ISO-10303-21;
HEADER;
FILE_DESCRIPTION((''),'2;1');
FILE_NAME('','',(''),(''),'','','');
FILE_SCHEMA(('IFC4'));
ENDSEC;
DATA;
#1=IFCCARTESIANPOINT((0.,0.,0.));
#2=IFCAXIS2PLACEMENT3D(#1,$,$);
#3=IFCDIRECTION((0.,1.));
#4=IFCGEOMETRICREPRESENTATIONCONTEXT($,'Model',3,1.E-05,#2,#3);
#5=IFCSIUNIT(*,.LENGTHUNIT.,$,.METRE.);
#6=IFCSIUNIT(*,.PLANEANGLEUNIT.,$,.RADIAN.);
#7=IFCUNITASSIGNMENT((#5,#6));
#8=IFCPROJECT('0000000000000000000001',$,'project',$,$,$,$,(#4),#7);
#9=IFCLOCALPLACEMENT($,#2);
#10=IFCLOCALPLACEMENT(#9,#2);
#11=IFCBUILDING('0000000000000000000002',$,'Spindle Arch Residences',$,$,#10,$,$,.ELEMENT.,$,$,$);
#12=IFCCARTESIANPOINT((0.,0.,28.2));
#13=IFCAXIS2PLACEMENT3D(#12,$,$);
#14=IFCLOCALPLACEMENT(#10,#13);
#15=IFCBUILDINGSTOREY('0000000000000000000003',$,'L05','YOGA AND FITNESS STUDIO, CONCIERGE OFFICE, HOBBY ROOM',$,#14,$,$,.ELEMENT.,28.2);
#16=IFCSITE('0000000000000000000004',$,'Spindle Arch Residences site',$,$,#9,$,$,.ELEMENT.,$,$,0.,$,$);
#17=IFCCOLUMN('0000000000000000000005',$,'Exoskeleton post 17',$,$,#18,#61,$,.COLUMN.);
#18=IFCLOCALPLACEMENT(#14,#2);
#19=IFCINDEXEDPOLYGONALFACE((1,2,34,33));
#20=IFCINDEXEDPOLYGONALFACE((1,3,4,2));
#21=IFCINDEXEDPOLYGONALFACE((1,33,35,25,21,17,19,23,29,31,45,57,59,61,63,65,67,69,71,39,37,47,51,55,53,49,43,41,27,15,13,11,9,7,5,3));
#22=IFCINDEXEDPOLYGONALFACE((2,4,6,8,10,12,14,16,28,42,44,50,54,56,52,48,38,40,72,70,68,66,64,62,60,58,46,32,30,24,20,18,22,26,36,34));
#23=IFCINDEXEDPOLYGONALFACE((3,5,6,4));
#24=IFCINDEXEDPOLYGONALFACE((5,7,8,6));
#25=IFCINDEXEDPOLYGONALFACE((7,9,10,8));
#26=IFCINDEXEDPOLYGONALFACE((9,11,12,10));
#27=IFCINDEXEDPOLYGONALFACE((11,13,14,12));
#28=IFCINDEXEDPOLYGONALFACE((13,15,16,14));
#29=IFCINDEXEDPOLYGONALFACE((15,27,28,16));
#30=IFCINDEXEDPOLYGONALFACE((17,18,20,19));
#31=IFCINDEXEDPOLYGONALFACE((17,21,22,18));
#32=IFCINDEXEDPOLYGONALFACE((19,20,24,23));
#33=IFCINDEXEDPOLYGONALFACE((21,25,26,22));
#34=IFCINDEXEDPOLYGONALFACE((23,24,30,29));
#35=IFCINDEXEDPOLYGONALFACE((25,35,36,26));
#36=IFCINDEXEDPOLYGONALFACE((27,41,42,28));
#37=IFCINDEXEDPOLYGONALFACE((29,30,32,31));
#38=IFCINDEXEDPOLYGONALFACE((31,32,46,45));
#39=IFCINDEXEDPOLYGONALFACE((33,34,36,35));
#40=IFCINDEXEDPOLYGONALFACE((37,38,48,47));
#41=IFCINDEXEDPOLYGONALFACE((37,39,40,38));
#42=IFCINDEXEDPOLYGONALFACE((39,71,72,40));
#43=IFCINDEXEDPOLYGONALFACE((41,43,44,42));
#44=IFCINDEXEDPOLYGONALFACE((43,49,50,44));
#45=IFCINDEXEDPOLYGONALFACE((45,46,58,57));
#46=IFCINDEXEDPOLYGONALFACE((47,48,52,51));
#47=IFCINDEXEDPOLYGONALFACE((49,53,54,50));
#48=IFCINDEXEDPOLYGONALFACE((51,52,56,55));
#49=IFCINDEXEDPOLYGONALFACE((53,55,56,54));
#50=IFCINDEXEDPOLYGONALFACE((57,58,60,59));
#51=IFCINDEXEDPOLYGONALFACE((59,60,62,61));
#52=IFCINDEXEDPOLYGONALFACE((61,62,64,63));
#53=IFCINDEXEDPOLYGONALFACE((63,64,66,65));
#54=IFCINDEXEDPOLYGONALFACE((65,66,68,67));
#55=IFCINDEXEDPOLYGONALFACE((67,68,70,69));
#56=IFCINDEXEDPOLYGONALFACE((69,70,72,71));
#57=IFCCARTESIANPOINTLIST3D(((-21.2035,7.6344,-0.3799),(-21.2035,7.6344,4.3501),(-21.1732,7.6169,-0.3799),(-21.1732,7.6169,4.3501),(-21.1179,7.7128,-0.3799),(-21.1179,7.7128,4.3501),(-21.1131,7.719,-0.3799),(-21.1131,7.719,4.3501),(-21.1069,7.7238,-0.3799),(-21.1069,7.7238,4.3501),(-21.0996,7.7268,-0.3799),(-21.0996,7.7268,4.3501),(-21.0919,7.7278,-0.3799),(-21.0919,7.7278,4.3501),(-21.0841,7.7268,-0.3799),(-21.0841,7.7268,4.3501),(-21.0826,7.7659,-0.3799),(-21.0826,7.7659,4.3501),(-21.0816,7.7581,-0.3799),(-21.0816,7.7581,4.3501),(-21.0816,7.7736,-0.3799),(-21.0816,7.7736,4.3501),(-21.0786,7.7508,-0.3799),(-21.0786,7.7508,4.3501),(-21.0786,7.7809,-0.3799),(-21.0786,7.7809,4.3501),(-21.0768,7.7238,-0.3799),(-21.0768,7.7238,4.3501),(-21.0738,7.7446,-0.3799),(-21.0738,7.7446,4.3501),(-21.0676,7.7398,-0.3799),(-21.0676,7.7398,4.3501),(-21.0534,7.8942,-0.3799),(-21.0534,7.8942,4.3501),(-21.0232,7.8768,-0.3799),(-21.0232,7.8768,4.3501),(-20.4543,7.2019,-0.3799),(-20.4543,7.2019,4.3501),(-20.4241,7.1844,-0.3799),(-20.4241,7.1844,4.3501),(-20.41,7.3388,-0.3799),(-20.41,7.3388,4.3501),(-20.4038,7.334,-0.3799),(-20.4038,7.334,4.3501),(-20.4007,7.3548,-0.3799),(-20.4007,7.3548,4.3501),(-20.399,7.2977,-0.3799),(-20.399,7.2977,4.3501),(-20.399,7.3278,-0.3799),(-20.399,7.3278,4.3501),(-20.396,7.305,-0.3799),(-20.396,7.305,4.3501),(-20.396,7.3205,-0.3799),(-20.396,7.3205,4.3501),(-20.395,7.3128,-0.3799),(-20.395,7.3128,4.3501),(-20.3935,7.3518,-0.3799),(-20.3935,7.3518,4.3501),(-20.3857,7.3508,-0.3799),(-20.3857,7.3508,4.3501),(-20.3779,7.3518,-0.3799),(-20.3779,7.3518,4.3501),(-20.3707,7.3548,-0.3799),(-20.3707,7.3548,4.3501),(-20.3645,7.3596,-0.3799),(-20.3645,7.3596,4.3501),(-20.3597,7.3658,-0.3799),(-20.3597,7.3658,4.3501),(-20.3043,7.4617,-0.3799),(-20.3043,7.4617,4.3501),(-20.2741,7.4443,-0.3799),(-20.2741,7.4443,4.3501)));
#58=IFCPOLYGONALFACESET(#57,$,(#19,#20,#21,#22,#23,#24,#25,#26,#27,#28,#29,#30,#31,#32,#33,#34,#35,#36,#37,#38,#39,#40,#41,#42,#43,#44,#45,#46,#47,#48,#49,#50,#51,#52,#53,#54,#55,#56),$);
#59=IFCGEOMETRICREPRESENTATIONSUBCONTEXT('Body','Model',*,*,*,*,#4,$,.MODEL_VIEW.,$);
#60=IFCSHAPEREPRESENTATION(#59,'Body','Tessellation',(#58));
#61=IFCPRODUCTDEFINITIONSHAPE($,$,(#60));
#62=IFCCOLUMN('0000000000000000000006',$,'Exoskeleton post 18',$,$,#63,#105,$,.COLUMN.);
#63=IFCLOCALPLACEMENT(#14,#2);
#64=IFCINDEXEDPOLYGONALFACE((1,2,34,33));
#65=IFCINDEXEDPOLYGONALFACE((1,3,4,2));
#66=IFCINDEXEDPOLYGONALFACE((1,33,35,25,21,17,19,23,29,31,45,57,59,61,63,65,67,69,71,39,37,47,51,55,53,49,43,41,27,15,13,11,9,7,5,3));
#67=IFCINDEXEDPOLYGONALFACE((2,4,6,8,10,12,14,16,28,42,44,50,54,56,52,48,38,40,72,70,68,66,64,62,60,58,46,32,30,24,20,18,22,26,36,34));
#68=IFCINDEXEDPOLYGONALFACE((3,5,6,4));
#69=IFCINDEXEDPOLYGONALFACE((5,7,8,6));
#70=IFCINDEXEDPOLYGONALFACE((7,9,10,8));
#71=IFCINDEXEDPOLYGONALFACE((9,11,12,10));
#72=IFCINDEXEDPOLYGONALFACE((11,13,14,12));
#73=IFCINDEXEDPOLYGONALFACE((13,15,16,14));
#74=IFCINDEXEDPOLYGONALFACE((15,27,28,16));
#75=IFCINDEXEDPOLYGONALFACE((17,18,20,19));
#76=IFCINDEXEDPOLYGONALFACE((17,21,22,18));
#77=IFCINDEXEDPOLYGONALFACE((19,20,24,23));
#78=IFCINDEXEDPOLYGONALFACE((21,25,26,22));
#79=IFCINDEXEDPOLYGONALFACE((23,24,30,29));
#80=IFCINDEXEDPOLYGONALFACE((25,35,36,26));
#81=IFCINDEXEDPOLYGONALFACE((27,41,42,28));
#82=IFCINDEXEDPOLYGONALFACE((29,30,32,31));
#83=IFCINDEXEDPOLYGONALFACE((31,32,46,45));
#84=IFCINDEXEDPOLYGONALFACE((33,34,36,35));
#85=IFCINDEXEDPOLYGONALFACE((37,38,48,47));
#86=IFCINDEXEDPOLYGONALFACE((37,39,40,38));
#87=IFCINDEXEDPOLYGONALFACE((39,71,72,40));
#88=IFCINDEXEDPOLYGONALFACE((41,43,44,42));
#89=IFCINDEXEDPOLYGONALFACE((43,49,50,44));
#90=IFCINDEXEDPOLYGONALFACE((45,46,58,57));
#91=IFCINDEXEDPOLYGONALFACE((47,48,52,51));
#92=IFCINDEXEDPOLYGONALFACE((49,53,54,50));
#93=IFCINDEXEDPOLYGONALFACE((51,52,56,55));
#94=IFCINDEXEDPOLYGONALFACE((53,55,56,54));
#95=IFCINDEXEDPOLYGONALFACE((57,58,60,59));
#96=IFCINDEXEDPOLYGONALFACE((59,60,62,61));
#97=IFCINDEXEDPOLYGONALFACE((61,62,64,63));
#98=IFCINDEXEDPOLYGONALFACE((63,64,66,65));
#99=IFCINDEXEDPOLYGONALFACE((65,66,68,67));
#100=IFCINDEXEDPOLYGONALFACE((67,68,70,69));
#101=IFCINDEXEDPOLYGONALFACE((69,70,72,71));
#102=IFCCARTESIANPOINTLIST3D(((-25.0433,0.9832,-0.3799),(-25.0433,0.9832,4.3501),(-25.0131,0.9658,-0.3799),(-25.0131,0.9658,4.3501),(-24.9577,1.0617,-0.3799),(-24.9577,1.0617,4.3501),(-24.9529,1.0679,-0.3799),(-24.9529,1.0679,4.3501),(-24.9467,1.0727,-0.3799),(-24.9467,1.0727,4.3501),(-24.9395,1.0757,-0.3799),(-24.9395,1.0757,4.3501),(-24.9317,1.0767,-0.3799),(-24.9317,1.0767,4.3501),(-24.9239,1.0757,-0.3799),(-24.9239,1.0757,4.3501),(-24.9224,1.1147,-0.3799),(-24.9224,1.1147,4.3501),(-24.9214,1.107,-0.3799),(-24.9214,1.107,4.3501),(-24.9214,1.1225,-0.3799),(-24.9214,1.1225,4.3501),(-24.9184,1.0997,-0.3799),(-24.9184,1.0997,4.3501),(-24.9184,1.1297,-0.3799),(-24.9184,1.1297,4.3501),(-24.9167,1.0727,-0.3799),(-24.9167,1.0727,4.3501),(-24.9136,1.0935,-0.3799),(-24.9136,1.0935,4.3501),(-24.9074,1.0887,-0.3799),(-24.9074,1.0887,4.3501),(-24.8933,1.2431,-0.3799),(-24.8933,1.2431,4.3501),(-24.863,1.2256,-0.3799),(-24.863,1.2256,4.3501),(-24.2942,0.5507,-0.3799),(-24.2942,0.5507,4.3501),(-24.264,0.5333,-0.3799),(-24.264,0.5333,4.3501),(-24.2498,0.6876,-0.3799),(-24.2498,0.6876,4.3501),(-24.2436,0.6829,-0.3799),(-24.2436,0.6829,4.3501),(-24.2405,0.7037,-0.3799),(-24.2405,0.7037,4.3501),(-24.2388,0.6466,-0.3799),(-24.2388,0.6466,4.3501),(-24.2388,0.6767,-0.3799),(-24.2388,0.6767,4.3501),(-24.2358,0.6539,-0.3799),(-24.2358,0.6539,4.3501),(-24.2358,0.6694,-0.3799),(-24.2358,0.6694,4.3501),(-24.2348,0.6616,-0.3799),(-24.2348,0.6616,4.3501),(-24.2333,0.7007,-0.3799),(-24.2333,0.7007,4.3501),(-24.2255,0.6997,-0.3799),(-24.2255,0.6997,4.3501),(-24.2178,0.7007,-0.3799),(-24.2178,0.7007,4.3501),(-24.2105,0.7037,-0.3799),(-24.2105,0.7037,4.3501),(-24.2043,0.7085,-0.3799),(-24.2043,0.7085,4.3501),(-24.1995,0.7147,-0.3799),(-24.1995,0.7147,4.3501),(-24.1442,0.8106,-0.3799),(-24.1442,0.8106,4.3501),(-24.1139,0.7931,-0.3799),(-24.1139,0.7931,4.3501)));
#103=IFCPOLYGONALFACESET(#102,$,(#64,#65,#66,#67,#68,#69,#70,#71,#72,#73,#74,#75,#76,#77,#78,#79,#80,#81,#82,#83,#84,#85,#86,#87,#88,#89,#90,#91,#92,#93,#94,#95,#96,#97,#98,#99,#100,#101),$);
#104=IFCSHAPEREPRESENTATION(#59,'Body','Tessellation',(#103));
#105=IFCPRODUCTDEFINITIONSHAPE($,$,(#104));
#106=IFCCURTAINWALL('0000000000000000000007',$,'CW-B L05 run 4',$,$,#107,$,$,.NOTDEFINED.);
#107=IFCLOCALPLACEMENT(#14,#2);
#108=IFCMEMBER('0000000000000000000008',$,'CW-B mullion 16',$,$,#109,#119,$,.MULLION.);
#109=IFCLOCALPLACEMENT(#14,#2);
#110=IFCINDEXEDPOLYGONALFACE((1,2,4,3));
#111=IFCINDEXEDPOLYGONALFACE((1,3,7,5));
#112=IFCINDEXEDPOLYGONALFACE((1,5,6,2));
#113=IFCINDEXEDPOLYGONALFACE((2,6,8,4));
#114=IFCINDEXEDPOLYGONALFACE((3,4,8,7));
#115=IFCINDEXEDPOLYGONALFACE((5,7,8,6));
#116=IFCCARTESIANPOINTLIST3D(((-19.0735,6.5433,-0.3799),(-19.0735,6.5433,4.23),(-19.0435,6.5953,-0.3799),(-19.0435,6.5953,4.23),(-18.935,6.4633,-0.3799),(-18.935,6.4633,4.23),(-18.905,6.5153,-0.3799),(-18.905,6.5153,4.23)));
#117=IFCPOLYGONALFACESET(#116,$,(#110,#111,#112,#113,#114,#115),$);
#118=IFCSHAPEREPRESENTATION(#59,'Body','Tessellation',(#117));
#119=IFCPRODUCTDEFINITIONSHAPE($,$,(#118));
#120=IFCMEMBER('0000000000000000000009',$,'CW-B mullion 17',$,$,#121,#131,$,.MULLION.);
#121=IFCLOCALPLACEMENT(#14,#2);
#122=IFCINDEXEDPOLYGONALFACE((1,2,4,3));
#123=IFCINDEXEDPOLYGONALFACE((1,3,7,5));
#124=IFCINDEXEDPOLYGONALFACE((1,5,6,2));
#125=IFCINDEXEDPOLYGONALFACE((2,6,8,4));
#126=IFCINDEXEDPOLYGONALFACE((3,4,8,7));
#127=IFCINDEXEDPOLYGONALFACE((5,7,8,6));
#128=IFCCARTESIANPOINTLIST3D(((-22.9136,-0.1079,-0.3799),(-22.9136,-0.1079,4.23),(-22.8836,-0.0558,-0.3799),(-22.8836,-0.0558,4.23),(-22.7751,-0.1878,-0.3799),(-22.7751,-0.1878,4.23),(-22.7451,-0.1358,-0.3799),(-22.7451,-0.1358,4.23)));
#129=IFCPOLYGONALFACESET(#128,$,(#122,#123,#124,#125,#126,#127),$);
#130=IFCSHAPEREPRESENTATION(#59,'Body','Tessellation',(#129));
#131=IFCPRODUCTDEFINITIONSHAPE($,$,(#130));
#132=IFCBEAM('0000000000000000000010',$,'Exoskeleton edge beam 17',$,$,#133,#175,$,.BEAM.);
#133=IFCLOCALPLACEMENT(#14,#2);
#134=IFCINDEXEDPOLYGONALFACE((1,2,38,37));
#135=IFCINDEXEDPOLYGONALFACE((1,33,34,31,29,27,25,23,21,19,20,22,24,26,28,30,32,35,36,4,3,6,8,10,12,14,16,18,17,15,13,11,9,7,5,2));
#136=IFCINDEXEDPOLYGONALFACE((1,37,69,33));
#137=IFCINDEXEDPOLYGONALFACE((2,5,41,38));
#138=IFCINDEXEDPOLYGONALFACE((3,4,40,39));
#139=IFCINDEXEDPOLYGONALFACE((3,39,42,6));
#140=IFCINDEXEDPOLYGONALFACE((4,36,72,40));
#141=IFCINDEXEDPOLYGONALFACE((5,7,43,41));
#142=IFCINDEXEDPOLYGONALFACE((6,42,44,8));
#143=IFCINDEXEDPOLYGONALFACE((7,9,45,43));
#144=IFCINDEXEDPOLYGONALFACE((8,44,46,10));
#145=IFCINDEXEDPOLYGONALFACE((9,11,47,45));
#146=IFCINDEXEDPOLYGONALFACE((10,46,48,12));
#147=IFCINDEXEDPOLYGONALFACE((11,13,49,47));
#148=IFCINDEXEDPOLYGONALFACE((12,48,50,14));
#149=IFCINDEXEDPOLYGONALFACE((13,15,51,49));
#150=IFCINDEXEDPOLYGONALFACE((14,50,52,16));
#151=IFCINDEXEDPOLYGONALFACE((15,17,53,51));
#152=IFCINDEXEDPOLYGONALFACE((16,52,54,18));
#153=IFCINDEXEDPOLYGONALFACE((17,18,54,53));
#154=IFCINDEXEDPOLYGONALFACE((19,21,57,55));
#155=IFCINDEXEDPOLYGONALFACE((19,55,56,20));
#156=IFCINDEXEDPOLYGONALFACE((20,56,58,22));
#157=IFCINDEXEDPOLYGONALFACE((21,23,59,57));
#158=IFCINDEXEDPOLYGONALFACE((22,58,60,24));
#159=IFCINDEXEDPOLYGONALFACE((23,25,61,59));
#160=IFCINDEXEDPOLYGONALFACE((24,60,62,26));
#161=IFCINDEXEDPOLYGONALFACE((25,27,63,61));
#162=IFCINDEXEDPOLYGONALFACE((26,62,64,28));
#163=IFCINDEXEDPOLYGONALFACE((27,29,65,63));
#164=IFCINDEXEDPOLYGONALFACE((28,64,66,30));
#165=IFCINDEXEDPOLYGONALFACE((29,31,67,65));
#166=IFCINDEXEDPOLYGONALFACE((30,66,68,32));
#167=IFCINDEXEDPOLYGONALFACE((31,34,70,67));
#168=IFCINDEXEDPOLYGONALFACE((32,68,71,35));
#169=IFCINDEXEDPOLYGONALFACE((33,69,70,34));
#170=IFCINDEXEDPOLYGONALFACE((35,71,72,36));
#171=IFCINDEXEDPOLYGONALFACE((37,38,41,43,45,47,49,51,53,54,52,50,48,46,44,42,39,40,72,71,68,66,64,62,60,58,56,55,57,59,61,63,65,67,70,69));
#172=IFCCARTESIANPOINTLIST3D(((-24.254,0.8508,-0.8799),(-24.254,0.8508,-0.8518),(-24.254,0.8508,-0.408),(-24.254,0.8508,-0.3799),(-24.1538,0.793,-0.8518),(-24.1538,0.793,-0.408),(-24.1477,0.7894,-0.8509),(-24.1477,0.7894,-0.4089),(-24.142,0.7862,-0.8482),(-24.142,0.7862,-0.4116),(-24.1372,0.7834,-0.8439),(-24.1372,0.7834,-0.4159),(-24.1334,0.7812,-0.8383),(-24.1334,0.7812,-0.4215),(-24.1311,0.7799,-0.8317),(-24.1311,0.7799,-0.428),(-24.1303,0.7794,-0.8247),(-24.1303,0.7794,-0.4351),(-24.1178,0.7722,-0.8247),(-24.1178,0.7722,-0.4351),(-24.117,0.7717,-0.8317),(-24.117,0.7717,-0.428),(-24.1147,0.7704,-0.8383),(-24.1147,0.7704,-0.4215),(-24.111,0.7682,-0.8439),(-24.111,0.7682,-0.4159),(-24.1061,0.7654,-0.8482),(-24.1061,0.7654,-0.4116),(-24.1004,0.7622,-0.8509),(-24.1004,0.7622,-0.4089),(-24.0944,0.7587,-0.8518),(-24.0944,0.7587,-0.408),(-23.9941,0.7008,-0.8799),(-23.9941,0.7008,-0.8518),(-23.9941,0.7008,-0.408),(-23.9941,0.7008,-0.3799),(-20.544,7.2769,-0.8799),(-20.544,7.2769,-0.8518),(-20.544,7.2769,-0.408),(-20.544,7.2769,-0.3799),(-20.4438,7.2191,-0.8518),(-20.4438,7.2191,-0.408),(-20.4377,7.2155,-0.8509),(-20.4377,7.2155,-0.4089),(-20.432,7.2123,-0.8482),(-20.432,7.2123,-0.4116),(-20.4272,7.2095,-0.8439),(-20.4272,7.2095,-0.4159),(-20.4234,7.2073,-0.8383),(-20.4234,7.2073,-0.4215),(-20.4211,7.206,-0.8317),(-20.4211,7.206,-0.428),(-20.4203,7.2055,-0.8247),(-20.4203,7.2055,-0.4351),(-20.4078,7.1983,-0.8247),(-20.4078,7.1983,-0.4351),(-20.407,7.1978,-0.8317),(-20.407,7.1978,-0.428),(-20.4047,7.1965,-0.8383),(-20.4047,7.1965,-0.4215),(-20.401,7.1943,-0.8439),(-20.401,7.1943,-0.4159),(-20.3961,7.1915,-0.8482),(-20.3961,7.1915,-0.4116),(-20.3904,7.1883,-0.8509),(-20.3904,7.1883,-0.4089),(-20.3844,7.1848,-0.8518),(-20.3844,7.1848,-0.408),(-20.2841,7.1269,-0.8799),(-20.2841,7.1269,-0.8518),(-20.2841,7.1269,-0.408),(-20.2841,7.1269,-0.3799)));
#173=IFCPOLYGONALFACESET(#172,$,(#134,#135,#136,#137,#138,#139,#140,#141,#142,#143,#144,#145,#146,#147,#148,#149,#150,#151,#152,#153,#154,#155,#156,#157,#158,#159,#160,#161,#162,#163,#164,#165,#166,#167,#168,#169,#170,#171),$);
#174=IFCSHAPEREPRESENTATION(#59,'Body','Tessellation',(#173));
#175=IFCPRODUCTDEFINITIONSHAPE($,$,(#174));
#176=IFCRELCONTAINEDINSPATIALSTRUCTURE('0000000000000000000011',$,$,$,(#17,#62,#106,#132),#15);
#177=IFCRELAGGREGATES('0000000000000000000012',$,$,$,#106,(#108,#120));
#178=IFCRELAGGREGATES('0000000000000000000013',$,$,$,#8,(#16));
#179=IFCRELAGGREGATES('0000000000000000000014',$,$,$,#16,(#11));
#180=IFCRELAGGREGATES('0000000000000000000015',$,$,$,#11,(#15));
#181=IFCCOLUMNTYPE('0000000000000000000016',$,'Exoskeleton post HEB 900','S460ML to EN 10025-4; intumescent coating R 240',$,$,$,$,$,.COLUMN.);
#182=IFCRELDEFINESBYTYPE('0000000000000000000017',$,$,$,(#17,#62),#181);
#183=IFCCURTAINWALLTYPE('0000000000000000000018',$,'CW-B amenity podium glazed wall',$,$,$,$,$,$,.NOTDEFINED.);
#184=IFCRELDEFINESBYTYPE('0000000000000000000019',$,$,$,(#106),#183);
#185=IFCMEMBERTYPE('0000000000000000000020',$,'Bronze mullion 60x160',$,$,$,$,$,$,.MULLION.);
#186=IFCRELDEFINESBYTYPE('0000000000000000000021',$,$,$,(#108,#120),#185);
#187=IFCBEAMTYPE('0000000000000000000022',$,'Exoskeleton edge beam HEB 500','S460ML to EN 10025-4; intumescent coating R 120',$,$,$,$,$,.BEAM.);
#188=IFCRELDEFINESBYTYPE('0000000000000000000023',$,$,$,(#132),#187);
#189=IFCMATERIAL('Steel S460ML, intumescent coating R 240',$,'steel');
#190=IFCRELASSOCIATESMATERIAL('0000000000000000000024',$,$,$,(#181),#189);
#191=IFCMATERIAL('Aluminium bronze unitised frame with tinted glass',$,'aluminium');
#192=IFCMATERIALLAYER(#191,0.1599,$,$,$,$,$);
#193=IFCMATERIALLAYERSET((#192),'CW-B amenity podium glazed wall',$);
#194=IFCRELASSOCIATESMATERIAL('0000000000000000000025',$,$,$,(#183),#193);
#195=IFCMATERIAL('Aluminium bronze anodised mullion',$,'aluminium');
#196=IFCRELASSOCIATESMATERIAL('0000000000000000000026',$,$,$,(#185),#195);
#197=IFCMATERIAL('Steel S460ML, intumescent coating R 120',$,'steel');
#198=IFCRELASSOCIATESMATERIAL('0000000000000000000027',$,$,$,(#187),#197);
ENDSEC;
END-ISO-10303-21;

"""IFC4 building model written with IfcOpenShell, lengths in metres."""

from ifc_helpers import new_model, si_unit, direction, frame, origin, origin_2d, place, context, subcontext, project, spatial, rectangle, i_section, extrude, material, layer, layer_set, material_profile, profile_set, type_object, element, aggregate, save


model = new_model("IFC4")

# Units and contexts
model_context = context("Model", 3, precision=1e-05, world=origin(), true_north=direction((0.0, 1.0)))
body_context = subcontext(model_context, "Body", "Model", "MODEL_VIEW")
ifc_project = project(units=[si_unit("LENGTHUNIT", "METRE"), si_unit("PLANEANGLEUNIT", "RADIAN")], contexts=[model_context])

# Site, building, storey
site_placement = place(None, origin())
site = spatial("IfcSite", under=ifc_project, at=site_placement, Name="Spindle Arch Residences site", CompositionType="ELEMENT", RefElevation=0.0)
building_placement = place(site_placement, origin())
building = spatial("IfcBuilding", under=site, at=building_placement, Name="Spindle Arch Residences", CompositionType="ELEMENT")
storey_placement = place(building_placement, frame((0.0, 0.0, 28.2)))
storey = spatial("IfcBuildingStorey", under=building, at=storey_placement, Name="L05", Description="YOGA AND FITNESS STUDIO, CONCIERGE OFFICE, HOBBY ROOM", CompositionType="ELEMENT", Elevation=28.2)

# Columns
ifc_material_1 = material(Name="Steel S460ML, intumescent coating R 240", Category="steel")
ifc_material_profile_1 = material_profile(ifc_material_1, i_section(OverallWidth=0.3, OverallDepth=0.8999, WebThickness=0.0186, FlangeThickness=0.0349, FilletRadius=0.03, at=origin_2d()), Name="HEB 900")
ifc_profile_set_1 = profile_set([ifc_material_profile_1], Name="Steel S460ML, intumescent coating R 240")
column_type = type_object("IfcColumnType", Name="Exoskeleton post HEB 900", Description="S460ML to EN 10025-4; intumescent coating R 240", PredefinedType="COLUMN", material=ifc_profile_set_1)
for number, where, z_axis, x_axis, name in (
    (1, (-20.7388, 7.5393, -0.3799), (0.0, 0.0, 1.0), (0.5, 0.866025, 0.0), "Exoskeleton post 17"),
    (2, (-24.5786, 0.8882, -0.3799), (0.0, 0.0, 1.0), (0.5, 0.866025, 0.0), "Exoskeleton post 18"),
):
    element("IfcColumn", number, at=place(storey_placement, frame(where, z_axis=z_axis, x_axis=x_axis)), inside=storey, type_object=column_type, Name=name, PredefinedType="COLUMN", context=body_context, shape_type="SweptSolid", body=[
        extrude(i_section(OverallWidth=0.3, OverallDepth=0.8999, WebThickness=0.0186, FlangeThickness=0.0349, FilletRadius=0.03, at=origin_2d()), origin(), (0.0, 0.0, 1.0), 4.73),
    ])

# Curtain wall, members
ifc_material_2 = material(Name="Aluminium bronze unitised frame with tinted glass", Category="aluminium")
ifc_layer_1 = layer(ifc_material_2, 0.1599)
ifc_layer_set_1 = layer_set([ifc_layer_1], Name="CW-B amenity podium glazed wall")
curtain_wall_type = type_object("IfcCurtainWallType", Name="CW-B amenity podium glazed wall", PredefinedType="NOTDEFINED", material=ifc_layer_set_1)
curtain_wall_placement = place(storey_placement, origin())
curtain_wall = element("IfcCurtainWall", 3, at=curtain_wall_placement, inside=storey, type_object=curtain_wall_type, Name="CW-B L05 run 4", PredefinedType="NOTDEFINED")
ifc_material_3 = material(Name="Aluminium bronze anodised mullion", Category="aluminium")
ifc_material_profile_2 = material_profile(ifc_material_3, rectangle(XDim=0.1599, YDim=0.0601, at=origin_2d()), Name="MU 60x160")
ifc_profile_set_2 = profile_set([ifc_material_profile_2], Name="Aluminium bronze anodised mullion")
member_type = type_object("IfcMemberType", Name="Bronze mullion 60x160", PredefinedType="MULLION", material=ifc_profile_set_2)
member_1_placement = place(storey_placement, frame((-18.9893, 6.5293, -0.3799), z_axis=(0.0, 0.0, 1.0), x_axis=(0.866025, -0.5, 0.0)))
member_1 = element("IfcMember", 4, at=member_1_placement, type_object=member_type, Name="CW-B mullion 16", PredefinedType="MULLION", context=body_context, shape_type="SweptSolid", body=[
    extrude(rectangle(XDim=0.1599, YDim=0.0601, at=origin_2d()), origin(), (0.0, 0.0, 1.0), 4.6099),
])
member_2_placement = place(storey_placement, frame((-22.8293, -0.1218, -0.3799), z_axis=(0.0, 0.0, 1.0), x_axis=(0.866025, -0.5, 0.0)))
member_2 = element("IfcMember", 5, at=member_2_placement, type_object=member_type, Name="CW-B mullion 17", PredefinedType="MULLION", context=body_context, shape_type="SweptSolid", body=[
    extrude(rectangle(XDim=0.1599, YDim=0.0601, at=origin_2d()), origin(), (0.0, 0.0, 1.0), 4.6099),
])

# Beam
ifc_material_4 = material(Name="Steel S460ML, intumescent coating R 120", Category="steel")
ifc_material_profile_3 = material_profile(ifc_material_4, i_section(OverallWidth=0.3, OverallDepth=0.5, WebThickness=0.0144, FlangeThickness=0.0281, FilletRadius=0.0271, at=origin_2d()), Name="HEB 500")
ifc_profile_set_3 = profile_set([ifc_material_profile_3], Name="Steel S460ML, intumescent coating R 120")
beam_type_1 = type_object("IfcBeamType", Name="Exoskeleton edge beam HEB 500", Description="S460ML to EN 10025-4; intumescent coating R 120", PredefinedType="BEAM", material=ifc_profile_set_3)
beam_1_placement = place(storey_placement, frame((-20.4141, 7.2019, -0.6299), z_axis=(-0.499989, -0.866032, 0.0), x_axis=(0.866032, -0.499989, 0.0)))
element("IfcBeam", 6, at=beam_1_placement, inside=storey, type_object=beam_type_1, Name="Exoskeleton edge beam 17", PredefinedType="BEAM", context=body_context, shape_type="SweptSolid", body=[
    extrude(i_section(OverallWidth=0.3, OverallDepth=0.5, WebThickness=0.0144, FlangeThickness=0.0281, FilletRadius=0.0271, at=origin_2d()), origin(), (0.0, 0.0, 1.0), 7.4202),
])

aggregate(curtain_wall, [member_1, member_2])

save(model, "model.ifc")
